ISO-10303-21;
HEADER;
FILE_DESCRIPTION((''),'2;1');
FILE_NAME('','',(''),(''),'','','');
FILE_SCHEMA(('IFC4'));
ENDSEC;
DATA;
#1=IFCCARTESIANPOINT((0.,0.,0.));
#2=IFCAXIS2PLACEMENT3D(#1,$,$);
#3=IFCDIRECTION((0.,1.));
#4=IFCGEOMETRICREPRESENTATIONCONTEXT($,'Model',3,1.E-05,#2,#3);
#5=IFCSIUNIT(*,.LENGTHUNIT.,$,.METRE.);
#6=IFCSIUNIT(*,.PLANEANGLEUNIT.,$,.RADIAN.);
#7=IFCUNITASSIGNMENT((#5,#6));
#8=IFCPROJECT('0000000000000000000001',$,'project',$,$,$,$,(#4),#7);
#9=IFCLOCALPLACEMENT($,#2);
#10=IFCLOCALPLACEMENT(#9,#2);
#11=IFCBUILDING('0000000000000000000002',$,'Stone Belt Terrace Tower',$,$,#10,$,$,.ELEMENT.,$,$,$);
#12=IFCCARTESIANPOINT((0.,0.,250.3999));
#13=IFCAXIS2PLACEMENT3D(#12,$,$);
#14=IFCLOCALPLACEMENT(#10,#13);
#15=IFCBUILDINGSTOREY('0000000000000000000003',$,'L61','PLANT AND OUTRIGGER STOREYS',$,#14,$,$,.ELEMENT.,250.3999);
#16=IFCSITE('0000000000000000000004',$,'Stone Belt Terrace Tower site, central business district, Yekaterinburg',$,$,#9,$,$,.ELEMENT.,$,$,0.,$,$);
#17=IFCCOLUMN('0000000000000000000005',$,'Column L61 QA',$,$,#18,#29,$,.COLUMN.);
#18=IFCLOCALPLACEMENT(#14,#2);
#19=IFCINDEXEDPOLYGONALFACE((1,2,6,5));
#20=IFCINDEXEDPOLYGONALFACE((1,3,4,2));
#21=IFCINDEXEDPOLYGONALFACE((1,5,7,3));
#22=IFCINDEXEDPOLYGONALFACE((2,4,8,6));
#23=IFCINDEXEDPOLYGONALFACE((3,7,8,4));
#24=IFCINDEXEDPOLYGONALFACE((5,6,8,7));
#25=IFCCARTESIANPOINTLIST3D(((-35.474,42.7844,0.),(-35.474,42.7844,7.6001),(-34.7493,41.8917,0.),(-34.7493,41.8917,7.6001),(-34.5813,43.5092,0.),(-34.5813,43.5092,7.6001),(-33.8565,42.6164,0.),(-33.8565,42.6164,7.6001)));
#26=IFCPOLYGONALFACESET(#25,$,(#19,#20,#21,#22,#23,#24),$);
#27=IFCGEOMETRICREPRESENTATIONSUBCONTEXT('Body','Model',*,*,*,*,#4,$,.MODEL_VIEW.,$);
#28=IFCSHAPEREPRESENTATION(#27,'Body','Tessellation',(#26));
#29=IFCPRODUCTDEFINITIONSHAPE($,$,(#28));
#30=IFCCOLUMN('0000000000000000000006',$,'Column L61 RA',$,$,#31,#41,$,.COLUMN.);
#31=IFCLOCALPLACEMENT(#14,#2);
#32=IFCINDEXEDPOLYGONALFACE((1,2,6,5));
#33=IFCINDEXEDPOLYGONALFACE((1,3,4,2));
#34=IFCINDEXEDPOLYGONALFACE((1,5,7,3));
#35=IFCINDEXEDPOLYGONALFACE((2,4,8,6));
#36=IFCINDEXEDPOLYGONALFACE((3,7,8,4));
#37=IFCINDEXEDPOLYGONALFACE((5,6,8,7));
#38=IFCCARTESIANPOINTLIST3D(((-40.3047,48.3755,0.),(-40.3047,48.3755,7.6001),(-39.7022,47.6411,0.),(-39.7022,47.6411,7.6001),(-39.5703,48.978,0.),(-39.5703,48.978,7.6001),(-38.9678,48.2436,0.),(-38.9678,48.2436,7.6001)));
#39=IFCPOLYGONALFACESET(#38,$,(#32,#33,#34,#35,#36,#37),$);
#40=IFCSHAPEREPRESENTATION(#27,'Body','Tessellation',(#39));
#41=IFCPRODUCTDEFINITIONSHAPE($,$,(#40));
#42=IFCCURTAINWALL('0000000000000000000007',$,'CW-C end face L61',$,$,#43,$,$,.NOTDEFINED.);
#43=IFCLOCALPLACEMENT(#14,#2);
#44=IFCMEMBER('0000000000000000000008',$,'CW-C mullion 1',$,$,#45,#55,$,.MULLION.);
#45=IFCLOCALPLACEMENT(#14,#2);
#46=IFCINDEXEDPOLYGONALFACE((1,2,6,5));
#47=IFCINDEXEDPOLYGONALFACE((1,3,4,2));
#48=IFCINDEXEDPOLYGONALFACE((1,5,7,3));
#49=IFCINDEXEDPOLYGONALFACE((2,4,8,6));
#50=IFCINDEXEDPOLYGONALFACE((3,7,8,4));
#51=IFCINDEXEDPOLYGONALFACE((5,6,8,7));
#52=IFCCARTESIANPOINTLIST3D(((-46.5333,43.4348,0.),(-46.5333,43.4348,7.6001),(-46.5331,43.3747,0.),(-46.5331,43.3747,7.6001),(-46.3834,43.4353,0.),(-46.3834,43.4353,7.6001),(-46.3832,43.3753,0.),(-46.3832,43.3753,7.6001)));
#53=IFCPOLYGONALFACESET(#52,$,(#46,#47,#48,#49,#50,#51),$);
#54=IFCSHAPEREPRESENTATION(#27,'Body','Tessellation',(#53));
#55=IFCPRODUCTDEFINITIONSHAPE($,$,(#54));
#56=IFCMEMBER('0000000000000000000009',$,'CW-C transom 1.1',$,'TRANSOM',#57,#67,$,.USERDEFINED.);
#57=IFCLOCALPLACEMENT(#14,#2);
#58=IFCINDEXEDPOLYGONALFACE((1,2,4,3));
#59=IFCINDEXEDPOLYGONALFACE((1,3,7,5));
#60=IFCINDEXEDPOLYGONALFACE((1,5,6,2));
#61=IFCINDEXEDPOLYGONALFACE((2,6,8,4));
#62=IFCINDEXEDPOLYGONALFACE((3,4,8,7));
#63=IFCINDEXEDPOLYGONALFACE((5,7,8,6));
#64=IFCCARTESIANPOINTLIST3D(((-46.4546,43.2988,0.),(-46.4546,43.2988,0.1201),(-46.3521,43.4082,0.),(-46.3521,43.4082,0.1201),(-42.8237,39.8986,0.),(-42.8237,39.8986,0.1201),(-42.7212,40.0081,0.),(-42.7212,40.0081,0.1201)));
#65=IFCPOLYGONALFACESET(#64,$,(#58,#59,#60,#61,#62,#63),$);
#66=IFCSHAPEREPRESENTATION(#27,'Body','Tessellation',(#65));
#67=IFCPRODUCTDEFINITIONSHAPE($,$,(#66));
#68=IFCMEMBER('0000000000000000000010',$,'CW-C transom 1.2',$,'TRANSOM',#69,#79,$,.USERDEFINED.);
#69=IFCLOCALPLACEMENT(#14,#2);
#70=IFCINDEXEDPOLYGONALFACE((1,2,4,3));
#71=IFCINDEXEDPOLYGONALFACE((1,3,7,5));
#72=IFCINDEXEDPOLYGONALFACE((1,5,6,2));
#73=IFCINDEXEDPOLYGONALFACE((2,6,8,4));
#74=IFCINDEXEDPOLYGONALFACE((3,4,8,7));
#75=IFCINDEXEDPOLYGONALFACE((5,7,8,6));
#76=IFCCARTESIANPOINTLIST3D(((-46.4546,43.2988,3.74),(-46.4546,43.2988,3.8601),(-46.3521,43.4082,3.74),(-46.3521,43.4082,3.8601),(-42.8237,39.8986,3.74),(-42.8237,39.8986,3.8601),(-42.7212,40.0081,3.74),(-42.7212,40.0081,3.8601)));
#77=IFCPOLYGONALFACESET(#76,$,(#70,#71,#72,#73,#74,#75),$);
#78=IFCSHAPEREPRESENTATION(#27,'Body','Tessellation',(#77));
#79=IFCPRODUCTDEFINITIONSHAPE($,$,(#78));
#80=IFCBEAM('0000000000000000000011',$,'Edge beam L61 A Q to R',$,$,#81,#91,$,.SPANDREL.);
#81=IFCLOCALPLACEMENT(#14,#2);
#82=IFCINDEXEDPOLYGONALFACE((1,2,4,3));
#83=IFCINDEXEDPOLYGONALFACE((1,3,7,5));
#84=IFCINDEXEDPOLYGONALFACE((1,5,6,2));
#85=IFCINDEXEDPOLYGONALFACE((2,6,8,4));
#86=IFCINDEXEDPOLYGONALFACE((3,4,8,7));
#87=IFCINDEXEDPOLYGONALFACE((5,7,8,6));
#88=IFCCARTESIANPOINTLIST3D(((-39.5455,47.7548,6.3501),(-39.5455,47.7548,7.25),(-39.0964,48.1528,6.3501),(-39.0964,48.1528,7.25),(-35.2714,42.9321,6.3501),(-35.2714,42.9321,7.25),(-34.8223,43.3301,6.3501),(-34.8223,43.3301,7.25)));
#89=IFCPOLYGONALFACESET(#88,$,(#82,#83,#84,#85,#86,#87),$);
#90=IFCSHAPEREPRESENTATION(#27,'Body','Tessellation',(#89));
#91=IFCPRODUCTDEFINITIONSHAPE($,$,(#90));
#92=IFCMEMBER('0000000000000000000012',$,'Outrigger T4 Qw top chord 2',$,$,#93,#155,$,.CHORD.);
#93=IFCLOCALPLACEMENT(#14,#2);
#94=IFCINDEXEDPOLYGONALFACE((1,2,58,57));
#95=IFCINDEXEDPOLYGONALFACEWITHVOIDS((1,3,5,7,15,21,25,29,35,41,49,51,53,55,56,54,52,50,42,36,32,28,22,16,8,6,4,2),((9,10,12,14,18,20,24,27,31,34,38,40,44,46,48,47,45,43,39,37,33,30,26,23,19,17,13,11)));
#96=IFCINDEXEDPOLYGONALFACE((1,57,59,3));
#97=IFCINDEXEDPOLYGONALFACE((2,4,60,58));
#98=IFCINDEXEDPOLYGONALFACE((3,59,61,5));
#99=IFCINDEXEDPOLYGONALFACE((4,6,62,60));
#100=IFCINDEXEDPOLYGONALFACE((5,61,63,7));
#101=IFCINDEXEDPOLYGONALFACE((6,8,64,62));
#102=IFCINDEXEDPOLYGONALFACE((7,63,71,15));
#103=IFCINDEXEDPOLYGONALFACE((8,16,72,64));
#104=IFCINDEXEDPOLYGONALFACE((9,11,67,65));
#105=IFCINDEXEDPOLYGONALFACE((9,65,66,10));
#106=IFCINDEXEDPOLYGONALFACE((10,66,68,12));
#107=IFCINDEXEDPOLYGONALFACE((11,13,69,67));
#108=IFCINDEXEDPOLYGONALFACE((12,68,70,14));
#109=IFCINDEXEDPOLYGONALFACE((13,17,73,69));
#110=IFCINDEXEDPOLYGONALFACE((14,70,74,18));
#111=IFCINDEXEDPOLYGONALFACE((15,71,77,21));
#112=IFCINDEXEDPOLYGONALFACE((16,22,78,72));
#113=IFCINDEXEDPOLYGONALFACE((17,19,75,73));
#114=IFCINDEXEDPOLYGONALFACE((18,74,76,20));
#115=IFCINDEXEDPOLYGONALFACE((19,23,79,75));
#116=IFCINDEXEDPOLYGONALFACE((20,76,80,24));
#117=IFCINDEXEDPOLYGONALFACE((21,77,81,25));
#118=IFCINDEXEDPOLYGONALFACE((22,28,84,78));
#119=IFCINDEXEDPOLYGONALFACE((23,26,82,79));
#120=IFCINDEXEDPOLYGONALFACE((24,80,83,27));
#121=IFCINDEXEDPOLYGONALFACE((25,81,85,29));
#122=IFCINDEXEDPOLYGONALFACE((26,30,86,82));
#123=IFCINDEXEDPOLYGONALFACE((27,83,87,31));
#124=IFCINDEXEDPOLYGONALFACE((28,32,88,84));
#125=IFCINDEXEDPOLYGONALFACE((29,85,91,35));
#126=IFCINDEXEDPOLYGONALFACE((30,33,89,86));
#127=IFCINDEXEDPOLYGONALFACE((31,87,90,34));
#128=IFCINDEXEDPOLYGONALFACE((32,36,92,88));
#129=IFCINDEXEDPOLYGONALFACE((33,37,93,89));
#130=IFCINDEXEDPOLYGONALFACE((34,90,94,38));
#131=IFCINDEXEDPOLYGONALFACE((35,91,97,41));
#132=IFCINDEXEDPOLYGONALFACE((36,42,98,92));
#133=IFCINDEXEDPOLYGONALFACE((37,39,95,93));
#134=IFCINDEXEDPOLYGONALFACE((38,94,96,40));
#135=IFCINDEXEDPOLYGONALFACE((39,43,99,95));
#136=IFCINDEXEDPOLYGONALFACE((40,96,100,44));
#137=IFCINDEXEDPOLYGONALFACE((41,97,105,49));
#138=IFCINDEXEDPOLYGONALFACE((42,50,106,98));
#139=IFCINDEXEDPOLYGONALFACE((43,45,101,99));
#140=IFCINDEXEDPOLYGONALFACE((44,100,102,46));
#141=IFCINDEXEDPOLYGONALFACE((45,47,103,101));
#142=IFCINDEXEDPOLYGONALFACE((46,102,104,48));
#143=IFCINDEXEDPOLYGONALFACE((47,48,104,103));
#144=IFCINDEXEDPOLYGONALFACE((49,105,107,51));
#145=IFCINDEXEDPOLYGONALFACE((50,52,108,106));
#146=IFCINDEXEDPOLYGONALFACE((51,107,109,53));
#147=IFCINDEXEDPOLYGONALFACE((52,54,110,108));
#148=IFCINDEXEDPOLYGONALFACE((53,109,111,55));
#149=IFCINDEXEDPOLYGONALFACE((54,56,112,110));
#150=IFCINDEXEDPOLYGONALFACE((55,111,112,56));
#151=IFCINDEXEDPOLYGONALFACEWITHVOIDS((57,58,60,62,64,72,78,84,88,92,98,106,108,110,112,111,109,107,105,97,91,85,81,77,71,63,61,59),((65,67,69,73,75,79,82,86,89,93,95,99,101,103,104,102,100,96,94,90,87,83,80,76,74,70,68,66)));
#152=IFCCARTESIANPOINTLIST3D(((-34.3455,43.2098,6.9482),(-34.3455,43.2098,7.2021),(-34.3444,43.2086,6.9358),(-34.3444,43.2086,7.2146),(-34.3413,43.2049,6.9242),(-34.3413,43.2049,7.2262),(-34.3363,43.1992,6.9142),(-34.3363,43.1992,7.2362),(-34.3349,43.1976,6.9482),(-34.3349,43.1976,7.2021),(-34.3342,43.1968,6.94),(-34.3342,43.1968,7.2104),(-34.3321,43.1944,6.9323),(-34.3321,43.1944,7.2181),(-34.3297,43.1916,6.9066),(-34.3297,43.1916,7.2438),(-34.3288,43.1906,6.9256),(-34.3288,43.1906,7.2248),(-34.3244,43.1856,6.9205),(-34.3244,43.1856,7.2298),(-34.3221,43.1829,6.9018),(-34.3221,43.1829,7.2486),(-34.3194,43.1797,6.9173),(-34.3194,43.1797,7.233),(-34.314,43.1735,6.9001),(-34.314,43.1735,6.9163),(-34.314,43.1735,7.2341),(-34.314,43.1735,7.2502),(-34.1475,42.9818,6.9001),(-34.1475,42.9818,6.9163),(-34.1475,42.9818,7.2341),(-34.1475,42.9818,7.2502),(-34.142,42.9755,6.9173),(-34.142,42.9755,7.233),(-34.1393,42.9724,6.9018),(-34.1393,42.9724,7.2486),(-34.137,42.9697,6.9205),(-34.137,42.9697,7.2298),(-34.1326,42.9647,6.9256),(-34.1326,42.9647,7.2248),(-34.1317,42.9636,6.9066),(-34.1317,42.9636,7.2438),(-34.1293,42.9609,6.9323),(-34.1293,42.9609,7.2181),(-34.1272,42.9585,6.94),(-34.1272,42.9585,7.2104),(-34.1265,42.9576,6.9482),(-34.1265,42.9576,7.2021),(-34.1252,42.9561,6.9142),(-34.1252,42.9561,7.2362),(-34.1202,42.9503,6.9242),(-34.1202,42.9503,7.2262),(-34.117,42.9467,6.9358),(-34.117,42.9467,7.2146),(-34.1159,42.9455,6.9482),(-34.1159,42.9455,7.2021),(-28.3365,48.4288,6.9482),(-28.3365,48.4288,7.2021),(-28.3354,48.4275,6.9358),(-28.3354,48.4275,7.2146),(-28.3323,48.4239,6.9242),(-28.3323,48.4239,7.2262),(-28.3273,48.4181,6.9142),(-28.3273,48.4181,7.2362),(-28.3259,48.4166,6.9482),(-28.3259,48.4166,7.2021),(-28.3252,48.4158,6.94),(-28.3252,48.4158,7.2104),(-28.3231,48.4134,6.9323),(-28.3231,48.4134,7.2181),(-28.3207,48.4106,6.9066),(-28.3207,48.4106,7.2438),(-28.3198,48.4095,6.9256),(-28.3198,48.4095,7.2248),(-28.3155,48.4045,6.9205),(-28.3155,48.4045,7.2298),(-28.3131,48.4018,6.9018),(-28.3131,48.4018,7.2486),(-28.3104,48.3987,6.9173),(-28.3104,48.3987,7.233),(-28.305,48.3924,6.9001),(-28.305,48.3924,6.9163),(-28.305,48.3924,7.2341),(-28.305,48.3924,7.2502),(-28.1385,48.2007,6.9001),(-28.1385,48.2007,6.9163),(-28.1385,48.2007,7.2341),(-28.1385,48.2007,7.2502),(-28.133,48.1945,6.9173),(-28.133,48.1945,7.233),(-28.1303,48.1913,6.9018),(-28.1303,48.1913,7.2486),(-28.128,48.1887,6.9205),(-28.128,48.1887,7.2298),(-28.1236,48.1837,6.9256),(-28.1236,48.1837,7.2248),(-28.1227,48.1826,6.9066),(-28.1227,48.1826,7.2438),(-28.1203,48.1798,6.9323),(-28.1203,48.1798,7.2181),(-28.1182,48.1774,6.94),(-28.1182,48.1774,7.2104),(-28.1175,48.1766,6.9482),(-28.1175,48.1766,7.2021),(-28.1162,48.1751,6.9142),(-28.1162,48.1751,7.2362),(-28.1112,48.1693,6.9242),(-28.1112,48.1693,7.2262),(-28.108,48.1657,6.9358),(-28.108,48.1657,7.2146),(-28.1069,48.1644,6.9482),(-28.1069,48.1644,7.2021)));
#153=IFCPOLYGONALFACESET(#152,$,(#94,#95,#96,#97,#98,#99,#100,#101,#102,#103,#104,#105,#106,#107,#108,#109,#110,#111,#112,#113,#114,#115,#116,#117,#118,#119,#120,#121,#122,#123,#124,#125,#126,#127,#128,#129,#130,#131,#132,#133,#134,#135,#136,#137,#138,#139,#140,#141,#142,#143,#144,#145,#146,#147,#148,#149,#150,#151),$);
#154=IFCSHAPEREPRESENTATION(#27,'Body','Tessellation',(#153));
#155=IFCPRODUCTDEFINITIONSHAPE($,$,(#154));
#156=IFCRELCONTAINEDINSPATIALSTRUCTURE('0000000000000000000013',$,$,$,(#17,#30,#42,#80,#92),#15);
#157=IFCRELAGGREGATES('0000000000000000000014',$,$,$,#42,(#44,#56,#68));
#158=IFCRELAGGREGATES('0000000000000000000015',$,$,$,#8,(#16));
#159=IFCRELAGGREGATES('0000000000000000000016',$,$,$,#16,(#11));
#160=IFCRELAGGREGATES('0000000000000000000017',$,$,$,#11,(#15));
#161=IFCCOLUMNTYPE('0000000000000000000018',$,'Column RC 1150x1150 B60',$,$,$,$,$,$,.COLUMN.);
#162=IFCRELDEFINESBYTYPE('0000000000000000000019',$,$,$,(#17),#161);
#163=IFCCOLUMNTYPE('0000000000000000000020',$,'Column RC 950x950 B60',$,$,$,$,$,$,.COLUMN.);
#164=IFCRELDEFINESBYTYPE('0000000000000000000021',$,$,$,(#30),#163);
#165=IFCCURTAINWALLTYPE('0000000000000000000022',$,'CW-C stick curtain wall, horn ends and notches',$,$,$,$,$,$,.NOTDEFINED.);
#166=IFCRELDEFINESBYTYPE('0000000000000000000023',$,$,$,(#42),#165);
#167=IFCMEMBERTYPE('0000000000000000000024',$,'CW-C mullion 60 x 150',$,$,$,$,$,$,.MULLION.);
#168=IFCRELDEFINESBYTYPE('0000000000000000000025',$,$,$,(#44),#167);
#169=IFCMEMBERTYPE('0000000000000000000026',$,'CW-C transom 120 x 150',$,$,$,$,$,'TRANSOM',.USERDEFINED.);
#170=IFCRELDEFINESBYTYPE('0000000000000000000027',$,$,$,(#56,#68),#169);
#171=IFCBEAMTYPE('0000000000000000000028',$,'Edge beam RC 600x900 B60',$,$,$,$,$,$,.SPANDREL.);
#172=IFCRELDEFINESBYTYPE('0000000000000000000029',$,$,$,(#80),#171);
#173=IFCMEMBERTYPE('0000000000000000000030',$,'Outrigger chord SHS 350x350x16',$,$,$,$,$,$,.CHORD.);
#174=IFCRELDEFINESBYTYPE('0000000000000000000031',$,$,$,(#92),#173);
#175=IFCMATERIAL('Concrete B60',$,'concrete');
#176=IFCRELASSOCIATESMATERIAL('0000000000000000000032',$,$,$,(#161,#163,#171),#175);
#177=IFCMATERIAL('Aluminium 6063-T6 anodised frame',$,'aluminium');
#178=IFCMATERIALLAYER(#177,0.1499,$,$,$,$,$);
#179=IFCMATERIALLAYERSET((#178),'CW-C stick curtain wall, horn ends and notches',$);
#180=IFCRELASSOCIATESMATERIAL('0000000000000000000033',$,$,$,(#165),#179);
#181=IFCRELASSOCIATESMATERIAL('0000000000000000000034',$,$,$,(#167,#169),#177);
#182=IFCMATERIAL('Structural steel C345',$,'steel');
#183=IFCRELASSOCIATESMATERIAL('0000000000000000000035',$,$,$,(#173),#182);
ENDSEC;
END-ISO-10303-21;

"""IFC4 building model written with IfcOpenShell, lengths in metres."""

from ifc_helpers import new_model, si_unit, direction, frame, origin, origin_2d, place, context, subcontext, project, spatial, rectangle, hollow_rectangle, extrude, material, layer, layer_set, material_profile, profile_set, type_object, element, aggregate, save


model = new_model("IFC4")

# Units and contexts
model_context = context("Model", 3, precision=1e-05, world=origin(), true_north=direction((0.0, 1.0)))
body_context = subcontext(model_context, "Body", "Model", "MODEL_VIEW")
ifc_project = project(units=[si_unit("LENGTHUNIT", "METRE"), si_unit("PLANEANGLEUNIT", "RADIAN")], contexts=[model_context])

# Site, building, storey
site_placement = place(None, origin())
site = spatial("IfcSite", under=ifc_project, at=site_placement, Name="Stone Belt Terrace Tower site, central business district, Yekaterinburg", CompositionType="ELEMENT", RefElevation=0.0)
building_placement = place(site_placement, origin())
building = spatial("IfcBuilding", under=site, at=building_placement, Name="Stone Belt Terrace Tower", CompositionType="ELEMENT")
storey_placement = place(building_placement, frame((0.0, 0.0, 250.3999)))
storey = spatial("IfcBuildingStorey", under=building, at=storey_placement, Name="L61", Description="PLANT AND OUTRIGGER STOREYS", CompositionType="ELEMENT", Elevation=250.3999)

# Columns
ifc_material_1 = material(Name="Concrete B60", Category="concrete")
ifc_material_profile_1 = material_profile(ifc_material_1, rectangle(XDim=1.1499, YDim=1.1499, at=origin_2d()), Name="RC 1150x1150")
ifc_profile_set_1 = profile_set([ifc_material_profile_1], Name="Concrete B60")
column_type_1 = type_object("IfcColumnType", Name="Column RC 1150x1150 B60", PredefinedType="COLUMN", material=ifc_profile_set_1)
column_1_placement = place(storey_placement, frame((-34.6653, 42.7004, 0.0), z_axis=(0.0, 0.0, 1.0), x_axis=(0.776371, 0.630276, 0.0)))
element("IfcColumn", 1, at=column_1_placement, inside=storey, type_object=column_type_1, Name="Column L61 QA", PredefinedType="COLUMN", context=body_context, shape_type="SweptSolid", body=[
    extrude(rectangle(XDim=1.1499, YDim=1.1499, at=origin_2d()), origin(), (0.0, 0.0, 1.0), 7.6001),
])
ifc_material_profile_2 = material_profile(ifc_material_1, rectangle(XDim=0.95, YDim=0.95, at=origin_2d()), Name="RC 950x950")
ifc_profile_set_2 = profile_set([ifc_material_profile_2], Name="Concrete B60")
column_type_2 = type_object("IfcColumnType", Name="Column RC 950x950 B60", PredefinedType="COLUMN", material=ifc_profile_set_2)
column_2_placement = place(storey_placement, frame((-39.6362, 48.3096, 0.0), z_axis=(0.0, 0.0, 1.0), x_axis=(0.773091, 0.634295, 0.0)))
element("IfcColumn", 2, at=column_2_placement, inside=storey, type_object=column_type_2, Name="Column L61 RA", PredefinedType="COLUMN", context=body_context, shape_type="SweptSolid", body=[
    extrude(rectangle(XDim=0.95, YDim=0.95, at=origin_2d()), origin(), (0.0, 0.0, 1.0), 7.6001),
])

# Curtain wall, members
ifc_material_2 = material(Name="Aluminium 6063-T6 anodised frame", Category="aluminium")
ifc_layer_1 = layer(ifc_material_2, 0.1499)
ifc_layer_set_1 = layer_set([ifc_layer_1], Name="CW-C stick curtain wall, horn ends and notches")
curtain_wall_type = type_object("IfcCurtainWallType", Name="CW-C stick curtain wall, horn ends and notches", PredefinedType="NOTDEFINED", material=ifc_layer_set_1)
curtain_wall_1_placement = place(storey_placement, origin())
curtain_wall_1 = element("IfcCurtainWall", 3, at=curtain_wall_1_placement, inside=storey, type_object=curtain_wall_type, Name="CW-C end face L61", PredefinedType="NOTDEFINED")
ifc_material_profile_3 = material_profile(ifc_material_2, rectangle(XDim=0.1499, YDim=0.0601, at=origin_2d()), Name="Aluminium 6063-T6 60x150")
ifc_profile_set_3 = profile_set([ifc_material_profile_3], Name="Aluminium 6063-T6 anodised frame")
member_type_1 = type_object("IfcMemberType", Name="CW-C mullion 60 x 150", PredefinedType="MULLION", material=ifc_profile_set_3)
member_1_placement = place(storey_placement, frame((-46.4583, 43.405, 0.0), z_axis=(0.0, 0.0, 1.0), x_axis=(0.999993, 0.003693, 0.0)))
member_1 = element("IfcMember", 4, at=member_1_placement, type_object=member_type_1, Name="CW-C mullion 1", PredefinedType="MULLION", context=body_context, shape_type="SweptSolid", body=[
    extrude(rectangle(XDim=0.1499, YDim=0.0601, at=origin_2d()), origin(), (0.0, 0.0, 1.0), 7.6001),
])
ifc_material_profile_4 = material_profile(ifc_material_2, rectangle(XDim=0.1499, YDim=0.1201, at=origin_2d()), Name="Aluminium 6063-T6 150x120")
ifc_profile_set_4 = profile_set([ifc_material_profile_4], Name="Aluminium 6063-T6 anodised frame")
member_type_2 = type_object("IfcMemberType", Name="CW-C transom 120 x 150", ElementType="TRANSOM", PredefinedType="USERDEFINED", material=ifc_profile_set_4)
member_2_placement = place(storey_placement, frame((-46.4033, 43.3535, 0.0601), z_axis=(0.729917, -0.683536, 0.0), x_axis=(0.683536, 0.729917, 0.0)))
member_2 = element("IfcMember", 5, at=member_2_placement, type_object=member_type_2, Name="CW-C transom 1.1", ObjectType="TRANSOM", PredefinedType="USERDEFINED", context=body_context, shape_type="SweptSolid", body=[
    extrude(rectangle(XDim=0.1499, YDim=0.1201, at=origin_2d()), origin(), (0.0, 0.0, 1.0), 4.9744),
])
member_3_placement = place(storey_placement, frame((-46.4033, 43.3535, 3.8), z_axis=(0.729917, -0.683536, 0.0), x_axis=(0.683536, 0.729917, 0.0)))
member_3 = element("IfcMember", 6, at=member_3_placement, type_object=member_type_2, Name="CW-C transom 1.2", ObjectType="TRANSOM", PredefinedType="USERDEFINED", context=body_context, shape_type="SweptSolid", body=[
    extrude(rectangle(XDim=0.1499, YDim=0.1201, at=origin_2d()), origin(), (0.0, 0.0, 1.0), 4.9744),
])
aggregate(curtain_wall_1, [member_1, member_2, member_3])

# Beam
ifc_material_profile_5 = material_profile(ifc_material_1, rectangle(XDim=0.6001, YDim=0.8999, at=origin_2d()), Name="RC 600x900")
ifc_profile_set_5 = profile_set([ifc_material_profile_5], Name="Concrete B60")
beam_type_1 = type_object("IfcBeamType", Name="Edge beam RC 600x900 B60", PredefinedType="SPANDREL", material=ifc_profile_set_5)
beam_1_placement = place(storey_placement, frame((-35.0469, 43.1311, 6.8), z_axis=(-0.66326, 0.748389, 0.0), x_axis=(-0.748389, -0.66326, 0.0)))
element("IfcBeam", 7, at=beam_1_placement, inside=storey, type_object=beam_type_1, Name="Edge beam L61 A Q to R", PredefinedType="SPANDREL", context=body_context, shape_type="SweptSolid", body=[
    extrude(rectangle(XDim=0.6001, YDim=0.8999, at=origin_2d()), origin(), (0.0, 0.0, 1.0), 6.4441),
])

# Member
ifc_material_3 = material(Name="Structural steel C345", Category="steel")
ifc_material_profile_6 = material_profile(ifc_material_3, hollow_rectangle(XDim=0.3501, YDim=0.3501, WallThickness=0.0161, InnerFilletRadius=0.032, OuterFilletRadius=0.0481, at=origin_2d()), Name="SHS 350x350x16")
ifc_profile_set_6 = profile_set([ifc_material_profile_6], Name="Structural steel C345")
member_type_3 = type_object("IfcMemberType", Name="Outrigger chord SHS 350x350x16", PredefinedType="CHORD", material=ifc_profile_set_6)
for number, where, z_axis, x_axis, name in (
    (8, (-34.2307, 43.0776, 7.0752), (0.754994, 0.655731, 0.0), (-0.655731, 0.754994, 0.0), "Outrigger T4 Qw top chord 2"),
):
    element("IfcMember", number, at=place(storey_placement, frame(where, z_axis=z_axis, x_axis=x_axis)), inside=storey, type_object=member_type_3, Name=name, PredefinedType="CHORD", context=body_context, shape_type="SweptSolid", body=[
        extrude(hollow_rectangle(XDim=0.3501, YDim=0.3501, WallThickness=0.0161, InnerFilletRadius=0.032, OuterFilletRadius=0.0481, at=origin_2d()), origin(), (0.0, 0.0, 1.0), 7.959),
    ])

save(model, "model.ifc")
